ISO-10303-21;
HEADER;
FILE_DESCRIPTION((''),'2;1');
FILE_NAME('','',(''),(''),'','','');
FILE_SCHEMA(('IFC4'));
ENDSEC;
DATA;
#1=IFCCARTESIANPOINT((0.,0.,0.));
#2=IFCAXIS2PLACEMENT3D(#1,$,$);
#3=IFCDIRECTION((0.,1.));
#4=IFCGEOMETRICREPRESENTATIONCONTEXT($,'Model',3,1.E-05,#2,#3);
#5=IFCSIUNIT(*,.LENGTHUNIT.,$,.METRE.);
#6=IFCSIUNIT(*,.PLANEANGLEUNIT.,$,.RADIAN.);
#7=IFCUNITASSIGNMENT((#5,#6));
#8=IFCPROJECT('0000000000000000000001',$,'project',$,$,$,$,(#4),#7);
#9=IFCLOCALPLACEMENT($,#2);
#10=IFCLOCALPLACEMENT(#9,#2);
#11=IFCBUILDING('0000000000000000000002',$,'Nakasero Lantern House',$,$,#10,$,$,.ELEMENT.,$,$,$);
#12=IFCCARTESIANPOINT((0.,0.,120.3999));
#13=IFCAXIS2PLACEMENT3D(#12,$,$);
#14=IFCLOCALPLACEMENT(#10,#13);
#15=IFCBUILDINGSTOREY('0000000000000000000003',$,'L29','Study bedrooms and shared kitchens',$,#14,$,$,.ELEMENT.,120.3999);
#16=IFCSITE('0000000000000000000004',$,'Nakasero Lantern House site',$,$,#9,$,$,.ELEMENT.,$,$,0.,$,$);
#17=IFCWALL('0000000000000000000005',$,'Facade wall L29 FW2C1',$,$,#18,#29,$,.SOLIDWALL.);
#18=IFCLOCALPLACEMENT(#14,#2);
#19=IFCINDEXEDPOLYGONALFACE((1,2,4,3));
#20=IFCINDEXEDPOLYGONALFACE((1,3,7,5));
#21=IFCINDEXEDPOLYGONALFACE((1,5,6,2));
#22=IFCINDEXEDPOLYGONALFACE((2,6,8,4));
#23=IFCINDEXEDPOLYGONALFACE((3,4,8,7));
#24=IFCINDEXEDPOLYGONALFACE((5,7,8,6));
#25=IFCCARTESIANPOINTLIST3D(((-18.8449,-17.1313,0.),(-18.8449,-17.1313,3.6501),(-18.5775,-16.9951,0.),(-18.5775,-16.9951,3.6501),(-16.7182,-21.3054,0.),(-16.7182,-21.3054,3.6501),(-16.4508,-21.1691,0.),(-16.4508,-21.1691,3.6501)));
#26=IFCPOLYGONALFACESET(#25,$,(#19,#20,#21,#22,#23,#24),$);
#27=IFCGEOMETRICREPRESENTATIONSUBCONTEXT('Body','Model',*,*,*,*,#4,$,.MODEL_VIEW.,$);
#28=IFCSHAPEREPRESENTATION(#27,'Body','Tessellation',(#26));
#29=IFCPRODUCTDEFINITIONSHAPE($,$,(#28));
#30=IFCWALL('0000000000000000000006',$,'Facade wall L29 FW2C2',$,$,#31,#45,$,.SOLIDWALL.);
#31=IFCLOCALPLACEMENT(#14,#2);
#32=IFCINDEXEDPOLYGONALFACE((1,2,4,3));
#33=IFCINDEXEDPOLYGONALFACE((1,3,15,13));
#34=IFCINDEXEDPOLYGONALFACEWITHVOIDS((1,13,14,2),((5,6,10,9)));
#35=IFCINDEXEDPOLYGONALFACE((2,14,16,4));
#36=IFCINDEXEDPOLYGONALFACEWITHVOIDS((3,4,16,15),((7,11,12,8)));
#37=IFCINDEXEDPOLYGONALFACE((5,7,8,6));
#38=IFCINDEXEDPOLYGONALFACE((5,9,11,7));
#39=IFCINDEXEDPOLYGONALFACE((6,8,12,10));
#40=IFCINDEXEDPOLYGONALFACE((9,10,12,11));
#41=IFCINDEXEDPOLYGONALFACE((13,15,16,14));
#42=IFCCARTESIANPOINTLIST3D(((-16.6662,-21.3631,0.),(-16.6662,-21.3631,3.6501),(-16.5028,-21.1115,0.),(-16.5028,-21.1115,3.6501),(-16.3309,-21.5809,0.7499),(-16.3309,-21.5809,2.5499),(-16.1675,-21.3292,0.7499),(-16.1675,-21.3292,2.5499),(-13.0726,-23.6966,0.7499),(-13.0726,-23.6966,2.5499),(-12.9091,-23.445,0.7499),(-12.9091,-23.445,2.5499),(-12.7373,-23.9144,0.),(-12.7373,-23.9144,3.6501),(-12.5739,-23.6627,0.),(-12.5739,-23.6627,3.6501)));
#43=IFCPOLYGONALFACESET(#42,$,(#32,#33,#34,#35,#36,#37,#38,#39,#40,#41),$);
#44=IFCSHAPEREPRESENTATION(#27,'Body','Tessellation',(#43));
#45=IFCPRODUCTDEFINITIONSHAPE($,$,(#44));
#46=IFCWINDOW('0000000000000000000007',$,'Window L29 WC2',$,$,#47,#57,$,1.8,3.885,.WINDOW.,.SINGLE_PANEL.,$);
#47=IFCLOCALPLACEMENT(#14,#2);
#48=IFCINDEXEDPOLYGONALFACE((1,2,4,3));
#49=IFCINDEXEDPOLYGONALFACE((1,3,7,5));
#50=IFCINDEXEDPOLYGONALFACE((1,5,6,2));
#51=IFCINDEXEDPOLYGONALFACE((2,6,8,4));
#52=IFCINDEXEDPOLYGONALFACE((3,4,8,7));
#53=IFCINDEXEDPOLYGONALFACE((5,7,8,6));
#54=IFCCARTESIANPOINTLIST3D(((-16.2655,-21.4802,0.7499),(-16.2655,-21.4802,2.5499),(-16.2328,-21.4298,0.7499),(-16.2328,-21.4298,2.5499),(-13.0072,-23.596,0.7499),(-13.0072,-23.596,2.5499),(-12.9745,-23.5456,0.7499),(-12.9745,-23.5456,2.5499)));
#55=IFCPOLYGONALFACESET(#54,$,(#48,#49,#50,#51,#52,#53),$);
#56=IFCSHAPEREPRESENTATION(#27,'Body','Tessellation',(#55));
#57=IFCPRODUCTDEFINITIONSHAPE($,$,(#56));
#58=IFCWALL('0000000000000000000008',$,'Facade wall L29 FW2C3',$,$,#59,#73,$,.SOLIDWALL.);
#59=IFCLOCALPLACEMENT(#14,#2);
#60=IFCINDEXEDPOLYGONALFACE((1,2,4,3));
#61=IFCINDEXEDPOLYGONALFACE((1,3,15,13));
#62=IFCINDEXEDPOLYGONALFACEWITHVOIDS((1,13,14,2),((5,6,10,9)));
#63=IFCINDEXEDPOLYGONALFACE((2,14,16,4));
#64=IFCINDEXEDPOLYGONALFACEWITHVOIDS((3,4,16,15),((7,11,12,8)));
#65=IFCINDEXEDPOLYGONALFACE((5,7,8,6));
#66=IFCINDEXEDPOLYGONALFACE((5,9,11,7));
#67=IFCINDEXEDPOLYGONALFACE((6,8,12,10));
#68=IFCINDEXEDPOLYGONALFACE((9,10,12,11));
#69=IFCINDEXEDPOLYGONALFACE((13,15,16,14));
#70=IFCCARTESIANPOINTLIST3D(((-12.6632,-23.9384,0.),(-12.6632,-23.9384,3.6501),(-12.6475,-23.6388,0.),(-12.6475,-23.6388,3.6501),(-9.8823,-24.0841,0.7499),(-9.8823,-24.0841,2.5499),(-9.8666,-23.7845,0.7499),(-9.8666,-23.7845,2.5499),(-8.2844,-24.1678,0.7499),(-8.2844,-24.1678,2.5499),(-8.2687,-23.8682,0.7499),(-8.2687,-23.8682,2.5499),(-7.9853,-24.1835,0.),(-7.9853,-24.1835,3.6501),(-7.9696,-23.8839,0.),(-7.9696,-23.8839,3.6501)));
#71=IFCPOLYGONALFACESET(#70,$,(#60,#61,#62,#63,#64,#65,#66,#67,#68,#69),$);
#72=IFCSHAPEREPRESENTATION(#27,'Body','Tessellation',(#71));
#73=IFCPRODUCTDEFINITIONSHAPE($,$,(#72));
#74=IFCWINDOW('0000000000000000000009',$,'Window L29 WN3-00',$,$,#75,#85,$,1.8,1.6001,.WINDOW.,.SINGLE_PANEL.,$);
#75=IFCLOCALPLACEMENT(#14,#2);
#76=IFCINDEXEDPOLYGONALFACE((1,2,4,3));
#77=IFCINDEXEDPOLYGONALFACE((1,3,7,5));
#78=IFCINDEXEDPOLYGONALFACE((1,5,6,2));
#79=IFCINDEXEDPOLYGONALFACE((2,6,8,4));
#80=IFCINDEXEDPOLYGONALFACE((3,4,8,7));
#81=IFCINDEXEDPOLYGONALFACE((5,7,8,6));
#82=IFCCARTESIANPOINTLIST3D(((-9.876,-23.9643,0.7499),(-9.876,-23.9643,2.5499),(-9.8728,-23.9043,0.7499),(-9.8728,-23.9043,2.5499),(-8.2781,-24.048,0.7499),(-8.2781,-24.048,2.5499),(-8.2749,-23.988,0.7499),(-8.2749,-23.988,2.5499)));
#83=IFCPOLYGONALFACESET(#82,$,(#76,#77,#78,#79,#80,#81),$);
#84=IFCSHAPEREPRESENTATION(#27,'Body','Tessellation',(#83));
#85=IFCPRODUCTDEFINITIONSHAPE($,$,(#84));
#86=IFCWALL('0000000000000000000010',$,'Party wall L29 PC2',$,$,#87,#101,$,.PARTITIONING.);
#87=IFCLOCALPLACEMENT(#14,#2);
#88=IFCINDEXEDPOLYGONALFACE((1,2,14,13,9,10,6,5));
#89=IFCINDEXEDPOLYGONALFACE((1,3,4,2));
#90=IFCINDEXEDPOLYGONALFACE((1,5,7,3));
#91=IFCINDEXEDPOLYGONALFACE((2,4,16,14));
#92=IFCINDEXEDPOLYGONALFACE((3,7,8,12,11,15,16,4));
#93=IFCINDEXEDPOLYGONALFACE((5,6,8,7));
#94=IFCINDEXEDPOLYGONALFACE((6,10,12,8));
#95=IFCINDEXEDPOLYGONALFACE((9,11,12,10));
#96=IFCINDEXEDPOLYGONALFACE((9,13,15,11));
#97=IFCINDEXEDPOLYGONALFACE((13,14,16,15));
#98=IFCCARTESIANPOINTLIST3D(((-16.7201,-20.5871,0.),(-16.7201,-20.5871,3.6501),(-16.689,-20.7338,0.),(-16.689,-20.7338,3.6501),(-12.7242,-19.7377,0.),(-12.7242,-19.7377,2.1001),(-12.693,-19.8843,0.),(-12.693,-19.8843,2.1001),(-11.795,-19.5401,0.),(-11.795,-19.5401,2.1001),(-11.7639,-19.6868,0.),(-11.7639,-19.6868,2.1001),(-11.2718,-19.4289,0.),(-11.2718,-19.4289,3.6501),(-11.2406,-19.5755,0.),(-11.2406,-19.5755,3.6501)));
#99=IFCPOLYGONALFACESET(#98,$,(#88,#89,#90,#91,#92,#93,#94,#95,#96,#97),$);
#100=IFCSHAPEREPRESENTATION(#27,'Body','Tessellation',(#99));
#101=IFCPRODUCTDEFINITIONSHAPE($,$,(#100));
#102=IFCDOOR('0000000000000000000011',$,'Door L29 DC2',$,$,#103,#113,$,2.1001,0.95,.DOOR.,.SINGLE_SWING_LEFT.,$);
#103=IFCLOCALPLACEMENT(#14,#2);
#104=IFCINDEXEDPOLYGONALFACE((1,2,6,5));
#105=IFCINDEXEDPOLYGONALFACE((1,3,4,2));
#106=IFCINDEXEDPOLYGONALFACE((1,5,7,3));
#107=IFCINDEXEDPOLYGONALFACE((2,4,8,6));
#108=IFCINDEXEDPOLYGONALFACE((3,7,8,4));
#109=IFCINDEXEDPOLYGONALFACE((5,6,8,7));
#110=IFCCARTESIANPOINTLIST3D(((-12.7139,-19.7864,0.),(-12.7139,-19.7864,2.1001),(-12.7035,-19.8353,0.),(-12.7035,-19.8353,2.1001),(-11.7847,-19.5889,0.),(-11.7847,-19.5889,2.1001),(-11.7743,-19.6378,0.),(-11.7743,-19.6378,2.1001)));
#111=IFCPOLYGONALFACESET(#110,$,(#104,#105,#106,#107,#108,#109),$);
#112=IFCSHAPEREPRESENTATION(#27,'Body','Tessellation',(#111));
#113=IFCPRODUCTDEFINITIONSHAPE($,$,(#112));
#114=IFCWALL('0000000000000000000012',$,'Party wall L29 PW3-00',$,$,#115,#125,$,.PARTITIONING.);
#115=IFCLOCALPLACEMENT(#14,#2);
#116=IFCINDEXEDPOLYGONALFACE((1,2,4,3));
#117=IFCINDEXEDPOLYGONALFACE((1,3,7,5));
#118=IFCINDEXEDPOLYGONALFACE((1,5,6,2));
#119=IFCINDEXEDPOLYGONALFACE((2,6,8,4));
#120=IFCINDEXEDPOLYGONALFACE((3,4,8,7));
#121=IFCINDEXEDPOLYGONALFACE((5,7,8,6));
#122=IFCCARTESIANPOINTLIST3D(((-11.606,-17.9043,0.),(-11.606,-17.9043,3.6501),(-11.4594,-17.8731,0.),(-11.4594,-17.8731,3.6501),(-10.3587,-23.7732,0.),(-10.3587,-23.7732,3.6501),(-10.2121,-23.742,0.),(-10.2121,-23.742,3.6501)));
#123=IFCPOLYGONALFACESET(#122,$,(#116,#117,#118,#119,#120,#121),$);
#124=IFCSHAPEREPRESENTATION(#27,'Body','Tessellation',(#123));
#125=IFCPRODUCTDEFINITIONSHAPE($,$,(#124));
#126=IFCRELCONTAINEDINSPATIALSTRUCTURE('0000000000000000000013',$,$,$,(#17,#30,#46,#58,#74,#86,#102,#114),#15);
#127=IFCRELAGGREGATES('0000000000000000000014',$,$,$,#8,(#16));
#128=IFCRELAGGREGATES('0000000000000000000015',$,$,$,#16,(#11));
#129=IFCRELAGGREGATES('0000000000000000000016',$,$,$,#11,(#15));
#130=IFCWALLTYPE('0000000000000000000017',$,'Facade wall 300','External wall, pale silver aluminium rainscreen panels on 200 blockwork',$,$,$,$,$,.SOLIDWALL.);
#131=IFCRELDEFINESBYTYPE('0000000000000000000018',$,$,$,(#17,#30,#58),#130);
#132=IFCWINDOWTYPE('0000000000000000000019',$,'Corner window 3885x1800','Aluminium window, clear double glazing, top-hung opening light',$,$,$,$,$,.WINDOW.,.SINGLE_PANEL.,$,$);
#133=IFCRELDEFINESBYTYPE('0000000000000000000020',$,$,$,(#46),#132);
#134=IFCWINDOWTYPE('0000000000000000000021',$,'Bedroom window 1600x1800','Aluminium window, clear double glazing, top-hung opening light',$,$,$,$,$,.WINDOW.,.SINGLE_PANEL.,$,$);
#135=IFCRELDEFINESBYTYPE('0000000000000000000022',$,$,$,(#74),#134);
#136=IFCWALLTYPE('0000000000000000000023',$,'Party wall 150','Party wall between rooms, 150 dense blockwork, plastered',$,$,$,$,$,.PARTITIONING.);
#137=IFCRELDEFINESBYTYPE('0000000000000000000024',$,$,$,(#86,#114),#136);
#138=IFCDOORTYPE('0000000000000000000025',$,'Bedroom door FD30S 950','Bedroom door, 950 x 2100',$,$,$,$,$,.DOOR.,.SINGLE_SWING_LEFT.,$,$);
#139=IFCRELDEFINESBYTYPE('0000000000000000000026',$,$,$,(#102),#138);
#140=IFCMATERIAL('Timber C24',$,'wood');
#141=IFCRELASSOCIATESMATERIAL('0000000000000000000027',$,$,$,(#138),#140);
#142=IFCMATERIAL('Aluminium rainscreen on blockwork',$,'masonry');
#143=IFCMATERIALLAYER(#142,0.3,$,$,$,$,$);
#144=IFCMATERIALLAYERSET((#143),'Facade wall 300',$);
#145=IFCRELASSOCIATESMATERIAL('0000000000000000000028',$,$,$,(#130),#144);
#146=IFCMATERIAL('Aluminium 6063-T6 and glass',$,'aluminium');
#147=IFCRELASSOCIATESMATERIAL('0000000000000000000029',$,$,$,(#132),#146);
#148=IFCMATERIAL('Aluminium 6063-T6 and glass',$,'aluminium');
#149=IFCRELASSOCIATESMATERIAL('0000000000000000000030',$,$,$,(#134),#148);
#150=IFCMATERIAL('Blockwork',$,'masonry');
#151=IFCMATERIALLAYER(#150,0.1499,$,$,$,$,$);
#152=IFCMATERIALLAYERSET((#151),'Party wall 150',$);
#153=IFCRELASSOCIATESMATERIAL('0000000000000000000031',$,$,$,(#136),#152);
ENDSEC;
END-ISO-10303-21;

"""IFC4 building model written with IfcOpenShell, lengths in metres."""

from ifc_helpers import new_model, si_unit, direction, frame, frame_2d, origin, place, context, subcontext, project, spatial, rectangle, extrude, material, layer, layer_set, type_object, element, fill, save


model = new_model("IFC4")

# Units and contexts
model_context = context("Model", 3, precision=1e-05, world=origin(), true_north=direction((0.0, 1.0)))
body_context = subcontext(model_context, "Body", "Model", "MODEL_VIEW")
ifc_project = project(units=[si_unit("LENGTHUNIT", "METRE"), si_unit("PLANEANGLEUNIT", "RADIAN")], contexts=[model_context])

# Site, building, storey
site_placement = place(None, origin())
site = spatial("IfcSite", under=ifc_project, at=site_placement, Name="Nakasero Lantern House site", CompositionType="ELEMENT", RefElevation=0.0)
building_placement = place(site_placement, origin())
building = spatial("IfcBuilding", under=site, at=building_placement, Name="Nakasero Lantern House", CompositionType="ELEMENT")
storey_placement = place(building_placement, frame((0.0, 0.0, 120.3999)))
storey = spatial("IfcBuildingStorey", under=building, at=storey_placement, Name="L29", Description="Study bedrooms and shared kitchens", CompositionType="ELEMENT", Elevation=120.3999)

# Shared definitions
ifc_material_1 = material(Name="Timber C24", Category="wood")
door_type_1 = type_object("IfcDoorType", Name="Bedroom door FD30S 950", Description="Bedroom door, 950 x 2100", OperationType="SINGLE_SWING_LEFT", PredefinedType="DOOR", material=ifc_material_1)

# Wall
ifc_material_2 = material(Name="Aluminium rainscreen on blockwork", Category="masonry")
ifc_layer_1 = layer(ifc_material_2, 0.3)
ifc_layer_set_1 = layer_set([ifc_layer_1], Name="Facade wall 300")
wall_type_1 = type_object("IfcWallType", Name="Facade wall 300", Description="External wall, pale silver aluminium rainscreen panels on 200 blockwork", PredefinedType="SOLIDWALL", material=ifc_layer_set_1)
wall_1_placement = place(storey_placement, frame((-18.7112, -17.0632, 0.0), z_axis=(0.0, 0.0, 1.0), x_axis=(0.453976, -0.891014, 0.0)))
element("IfcWall", 1, at=wall_1_placement, inside=storey, type_object=wall_type_1, Name="Facade wall L29 FW2C1", PredefinedType="SOLIDWALL", context=body_context, shape_type="SweptSolid", body=[
    extrude(rectangle(XDim=4.6846, YDim=0.3, at=frame_2d((2.3423, 0.0))), origin(), (0.0, 0.0, 1.0), 3.6501),
])

# Walls, openings, windows
wall_2_placement = place(storey_placement, frame((-16.5845, -21.2373, 0.0), z_axis=(0.0, 0.0, 1.0), x_axis=(0.838692, -0.544605, 0.0)))
wall_2 = element("IfcWall", 2, at=wall_2_placement, inside=storey, type_object=wall_type_1, Name="Facade wall L29 FW2C2", PredefinedType="SOLIDWALL", context=body_context, shape_type="SweptSolid", body=[
    extrude(rectangle(XDim=4.6846, YDim=0.3, at=frame_2d((2.3423, 0.0))), origin(), (0.0, 0.0, 1.0), 3.6501),
])
opening_1_placement = place(wall_2_placement, frame((0.3999, 0.0, 0.75)))
opening_1 = element("IfcOpeningElement", 3, at=opening_1_placement, cuts=wall_2, PredefinedType="OPENING", context=body_context, shape_type="SweptSolid", body=[
    extrude(rectangle(XDim=3.885, YDim=1.8, at=frame_2d((1.9424, 0.8999))), frame((0.0, 0.1699, 0.0), z_axis=(0.0, -1.0, 0.0), x_axis=(1.0, 0.0, 0.0)), (0.0, 0.0, 1.0), 0.3401),
])
ifc_material_3 = material(Name="Aluminium 6063-T6 and glass", Category="aluminium")
window_type_1 = type_object("IfcWindowType", Name="Corner window 3885x1800", Description="Aluminium window, clear double glazing, top-hung opening light", PartitioningType="SINGLE_PANEL", PredefinedType="WINDOW", material=ifc_material_3)
window_1_placement = place(opening_1_placement, origin())
window_1 = element("IfcWindow", 4, at=window_1_placement, inside=storey, type_object=window_type_1, Name="Window L29 WC2", OverallHeight=1.8, OverallWidth=3.885, PartitioningType="SINGLE_PANEL", PredefinedType="WINDOW", context=body_context, shape_type="SweptSolid", body=[
    extrude(rectangle(XDim=3.885, YDim=1.8, at=frame_2d((1.9424, 0.8999))), frame((0.0, 0.03, 0.0), z_axis=(0.0, -1.0, 0.0), x_axis=(1.0, 0.0, 0.0)), (0.0, 0.0, 1.0), 0.0601),
])
fill(opening_1, window_1)
wall_3_placement = place(storey_placement, frame((-12.6555, -23.7886, 0.0), z_axis=(0.0, 0.0, 1.0), x_axis=(0.99863, -0.052326, 0.0)))
wall_3 = element("IfcWall", 5, at=wall_3_placement, inside=storey, type_object=wall_type_1, Name="Facade wall L29 FW2C3", PredefinedType="SOLIDWALL", context=body_context, shape_type="SweptSolid", body=[
    extrude(rectangle(XDim=4.6843, YDim=0.3, at=frame_2d((2.3423, 0.0))), origin(), (0.0, 0.0, 1.0), 3.6501),
])
opening_2_placement = place(wall_3_placement, frame((2.7849, 0.0, 0.75)))
opening_2 = element("IfcOpeningElement", 6, at=opening_2_placement, cuts=wall_3, PredefinedType="OPENING", context=body_context, shape_type="SweptSolid", body=[
    extrude(rectangle(XDim=1.6001, YDim=1.8, at=frame_2d((0.8, 0.8999))), frame((0.0, 0.1699, 0.0), z_axis=(0.0, -1.0, 0.0), x_axis=(1.0, 0.0, 0.0)), (0.0, 0.0, 1.0), 0.3401),
])
ifc_material_4 = material(Name="Aluminium 6063-T6 and glass", Category="aluminium")
window_type_2 = type_object("IfcWindowType", Name="Bedroom window 1600x1800", Description="Aluminium window, clear double glazing, top-hung opening light", PartitioningType="SINGLE_PANEL", PredefinedType="WINDOW", material=ifc_material_4)
window_2_placement = place(opening_2_placement, origin())
window_2 = element("IfcWindow", 7, at=window_2_placement, inside=storey, type_object=window_type_2, Name="Window L29 WN3-00", OverallHeight=1.8, OverallWidth=1.6001, PartitioningType="SINGLE_PANEL", PredefinedType="WINDOW", context=body_context, shape_type="SweptSolid", body=[
    extrude(rectangle(XDim=1.6001, YDim=1.8, at=frame_2d((0.8, 0.8999))), frame((0.0, 0.03, 0.0), z_axis=(0.0, -1.0, 0.0), x_axis=(1.0, 0.0, 0.0)), (0.0, 0.0, 1.0), 0.0601),
])
fill(opening_2, window_2)

# Wall, opening, door
ifc_material_5 = material(Name="Blockwork", Category="masonry")
ifc_layer_2 = layer(ifc_material_5, 0.1499)
ifc_layer_set_2 = layer_set([ifc_layer_2], Name="Party wall 150")
wall_type_2 = type_object("IfcWallType", Name="Party wall 150", Description="Party wall between rooms, 150 dense blockwork, plastered", PredefinedType="PARTITIONING", material=ifc_layer_set_2)
wall_4_placement = place(storey_placement, frame((-11.2561, -19.5022, 0.0), z_axis=(0.0, 0.0, 1.0), x_axis=(-0.978142, -0.207936, 0.0)))
wall_4 = element("IfcWall", 8, at=wall_4_placement, inside=storey, type_object=wall_type_2, Name="Party wall L29 PC2", PredefinedType="PARTITIONING", context=body_context, shape_type="SweptSolid", body=[
    extrude(rectangle(XDim=5.5701, YDim=0.1499, at=frame_2d((2.7852, 0.0))), origin(), (0.0, 0.0, 1.0), 3.6501),
])
opening_3_placement = place(wall_4_placement, frame((0.5349, 0.0, 0.0)))
opening_3 = element("IfcOpeningElement", 9, at=opening_3_placement, cuts=wall_4, PredefinedType="OPENING", context=body_context, shape_type="SweptSolid", body=[
    extrude(rectangle(XDim=0.95, YDim=2.1001, at=frame_2d((0.4751, 1.05))), frame((0.0, 0.095, 0.0), z_axis=(0.0, -1.0, 0.0), x_axis=(1.0, 0.0, 0.0)), (0.0, 0.0, 1.0), 0.1899),
])
door_1_placement = place(opening_3_placement, origin())
door_1 = element("IfcDoor", 10, at=door_1_placement, inside=storey, type_object=door_type_1, Name="Door L29 DC2", OperationType="SINGLE_SWING_LEFT", OverallHeight=2.1001, OverallWidth=0.95, PredefinedType="DOOR", context=body_context, shape_type="SweptSolid", body=[
    extrude(rectangle(XDim=0.95, YDim=2.1001, at=frame_2d((0.4751, 1.05))), frame((0.0, 0.0249, 0.0), z_axis=(0.0, -1.0, 0.0), x_axis=(1.0, 0.0, 0.0)), (0.0, 0.0, 1.0), 0.05),
])
fill(opening_3, door_1)

# Wall
wall_5_placement = place(storey_placement, frame((-11.5327, -17.8887, 0.0), z_axis=(0.0, 0.0, 1.0), x_axis=(0.207886, -0.978153, 0.0)))
element("IfcWall", 11, at=wall_5_placement, inside=storey, type_object=wall_type_2, Name="Party wall L29 PW3-00", PredefinedType="PARTITIONING", context=body_context, shape_type="SweptSolid", body=[
    extrude(rectangle(XDim=6.0, YDim=0.1499, at=frame_2d((3.0, 0.0))), origin(), (0.0, 0.0, 1.0), 3.6501),
])

save(model, "model.ifc")
